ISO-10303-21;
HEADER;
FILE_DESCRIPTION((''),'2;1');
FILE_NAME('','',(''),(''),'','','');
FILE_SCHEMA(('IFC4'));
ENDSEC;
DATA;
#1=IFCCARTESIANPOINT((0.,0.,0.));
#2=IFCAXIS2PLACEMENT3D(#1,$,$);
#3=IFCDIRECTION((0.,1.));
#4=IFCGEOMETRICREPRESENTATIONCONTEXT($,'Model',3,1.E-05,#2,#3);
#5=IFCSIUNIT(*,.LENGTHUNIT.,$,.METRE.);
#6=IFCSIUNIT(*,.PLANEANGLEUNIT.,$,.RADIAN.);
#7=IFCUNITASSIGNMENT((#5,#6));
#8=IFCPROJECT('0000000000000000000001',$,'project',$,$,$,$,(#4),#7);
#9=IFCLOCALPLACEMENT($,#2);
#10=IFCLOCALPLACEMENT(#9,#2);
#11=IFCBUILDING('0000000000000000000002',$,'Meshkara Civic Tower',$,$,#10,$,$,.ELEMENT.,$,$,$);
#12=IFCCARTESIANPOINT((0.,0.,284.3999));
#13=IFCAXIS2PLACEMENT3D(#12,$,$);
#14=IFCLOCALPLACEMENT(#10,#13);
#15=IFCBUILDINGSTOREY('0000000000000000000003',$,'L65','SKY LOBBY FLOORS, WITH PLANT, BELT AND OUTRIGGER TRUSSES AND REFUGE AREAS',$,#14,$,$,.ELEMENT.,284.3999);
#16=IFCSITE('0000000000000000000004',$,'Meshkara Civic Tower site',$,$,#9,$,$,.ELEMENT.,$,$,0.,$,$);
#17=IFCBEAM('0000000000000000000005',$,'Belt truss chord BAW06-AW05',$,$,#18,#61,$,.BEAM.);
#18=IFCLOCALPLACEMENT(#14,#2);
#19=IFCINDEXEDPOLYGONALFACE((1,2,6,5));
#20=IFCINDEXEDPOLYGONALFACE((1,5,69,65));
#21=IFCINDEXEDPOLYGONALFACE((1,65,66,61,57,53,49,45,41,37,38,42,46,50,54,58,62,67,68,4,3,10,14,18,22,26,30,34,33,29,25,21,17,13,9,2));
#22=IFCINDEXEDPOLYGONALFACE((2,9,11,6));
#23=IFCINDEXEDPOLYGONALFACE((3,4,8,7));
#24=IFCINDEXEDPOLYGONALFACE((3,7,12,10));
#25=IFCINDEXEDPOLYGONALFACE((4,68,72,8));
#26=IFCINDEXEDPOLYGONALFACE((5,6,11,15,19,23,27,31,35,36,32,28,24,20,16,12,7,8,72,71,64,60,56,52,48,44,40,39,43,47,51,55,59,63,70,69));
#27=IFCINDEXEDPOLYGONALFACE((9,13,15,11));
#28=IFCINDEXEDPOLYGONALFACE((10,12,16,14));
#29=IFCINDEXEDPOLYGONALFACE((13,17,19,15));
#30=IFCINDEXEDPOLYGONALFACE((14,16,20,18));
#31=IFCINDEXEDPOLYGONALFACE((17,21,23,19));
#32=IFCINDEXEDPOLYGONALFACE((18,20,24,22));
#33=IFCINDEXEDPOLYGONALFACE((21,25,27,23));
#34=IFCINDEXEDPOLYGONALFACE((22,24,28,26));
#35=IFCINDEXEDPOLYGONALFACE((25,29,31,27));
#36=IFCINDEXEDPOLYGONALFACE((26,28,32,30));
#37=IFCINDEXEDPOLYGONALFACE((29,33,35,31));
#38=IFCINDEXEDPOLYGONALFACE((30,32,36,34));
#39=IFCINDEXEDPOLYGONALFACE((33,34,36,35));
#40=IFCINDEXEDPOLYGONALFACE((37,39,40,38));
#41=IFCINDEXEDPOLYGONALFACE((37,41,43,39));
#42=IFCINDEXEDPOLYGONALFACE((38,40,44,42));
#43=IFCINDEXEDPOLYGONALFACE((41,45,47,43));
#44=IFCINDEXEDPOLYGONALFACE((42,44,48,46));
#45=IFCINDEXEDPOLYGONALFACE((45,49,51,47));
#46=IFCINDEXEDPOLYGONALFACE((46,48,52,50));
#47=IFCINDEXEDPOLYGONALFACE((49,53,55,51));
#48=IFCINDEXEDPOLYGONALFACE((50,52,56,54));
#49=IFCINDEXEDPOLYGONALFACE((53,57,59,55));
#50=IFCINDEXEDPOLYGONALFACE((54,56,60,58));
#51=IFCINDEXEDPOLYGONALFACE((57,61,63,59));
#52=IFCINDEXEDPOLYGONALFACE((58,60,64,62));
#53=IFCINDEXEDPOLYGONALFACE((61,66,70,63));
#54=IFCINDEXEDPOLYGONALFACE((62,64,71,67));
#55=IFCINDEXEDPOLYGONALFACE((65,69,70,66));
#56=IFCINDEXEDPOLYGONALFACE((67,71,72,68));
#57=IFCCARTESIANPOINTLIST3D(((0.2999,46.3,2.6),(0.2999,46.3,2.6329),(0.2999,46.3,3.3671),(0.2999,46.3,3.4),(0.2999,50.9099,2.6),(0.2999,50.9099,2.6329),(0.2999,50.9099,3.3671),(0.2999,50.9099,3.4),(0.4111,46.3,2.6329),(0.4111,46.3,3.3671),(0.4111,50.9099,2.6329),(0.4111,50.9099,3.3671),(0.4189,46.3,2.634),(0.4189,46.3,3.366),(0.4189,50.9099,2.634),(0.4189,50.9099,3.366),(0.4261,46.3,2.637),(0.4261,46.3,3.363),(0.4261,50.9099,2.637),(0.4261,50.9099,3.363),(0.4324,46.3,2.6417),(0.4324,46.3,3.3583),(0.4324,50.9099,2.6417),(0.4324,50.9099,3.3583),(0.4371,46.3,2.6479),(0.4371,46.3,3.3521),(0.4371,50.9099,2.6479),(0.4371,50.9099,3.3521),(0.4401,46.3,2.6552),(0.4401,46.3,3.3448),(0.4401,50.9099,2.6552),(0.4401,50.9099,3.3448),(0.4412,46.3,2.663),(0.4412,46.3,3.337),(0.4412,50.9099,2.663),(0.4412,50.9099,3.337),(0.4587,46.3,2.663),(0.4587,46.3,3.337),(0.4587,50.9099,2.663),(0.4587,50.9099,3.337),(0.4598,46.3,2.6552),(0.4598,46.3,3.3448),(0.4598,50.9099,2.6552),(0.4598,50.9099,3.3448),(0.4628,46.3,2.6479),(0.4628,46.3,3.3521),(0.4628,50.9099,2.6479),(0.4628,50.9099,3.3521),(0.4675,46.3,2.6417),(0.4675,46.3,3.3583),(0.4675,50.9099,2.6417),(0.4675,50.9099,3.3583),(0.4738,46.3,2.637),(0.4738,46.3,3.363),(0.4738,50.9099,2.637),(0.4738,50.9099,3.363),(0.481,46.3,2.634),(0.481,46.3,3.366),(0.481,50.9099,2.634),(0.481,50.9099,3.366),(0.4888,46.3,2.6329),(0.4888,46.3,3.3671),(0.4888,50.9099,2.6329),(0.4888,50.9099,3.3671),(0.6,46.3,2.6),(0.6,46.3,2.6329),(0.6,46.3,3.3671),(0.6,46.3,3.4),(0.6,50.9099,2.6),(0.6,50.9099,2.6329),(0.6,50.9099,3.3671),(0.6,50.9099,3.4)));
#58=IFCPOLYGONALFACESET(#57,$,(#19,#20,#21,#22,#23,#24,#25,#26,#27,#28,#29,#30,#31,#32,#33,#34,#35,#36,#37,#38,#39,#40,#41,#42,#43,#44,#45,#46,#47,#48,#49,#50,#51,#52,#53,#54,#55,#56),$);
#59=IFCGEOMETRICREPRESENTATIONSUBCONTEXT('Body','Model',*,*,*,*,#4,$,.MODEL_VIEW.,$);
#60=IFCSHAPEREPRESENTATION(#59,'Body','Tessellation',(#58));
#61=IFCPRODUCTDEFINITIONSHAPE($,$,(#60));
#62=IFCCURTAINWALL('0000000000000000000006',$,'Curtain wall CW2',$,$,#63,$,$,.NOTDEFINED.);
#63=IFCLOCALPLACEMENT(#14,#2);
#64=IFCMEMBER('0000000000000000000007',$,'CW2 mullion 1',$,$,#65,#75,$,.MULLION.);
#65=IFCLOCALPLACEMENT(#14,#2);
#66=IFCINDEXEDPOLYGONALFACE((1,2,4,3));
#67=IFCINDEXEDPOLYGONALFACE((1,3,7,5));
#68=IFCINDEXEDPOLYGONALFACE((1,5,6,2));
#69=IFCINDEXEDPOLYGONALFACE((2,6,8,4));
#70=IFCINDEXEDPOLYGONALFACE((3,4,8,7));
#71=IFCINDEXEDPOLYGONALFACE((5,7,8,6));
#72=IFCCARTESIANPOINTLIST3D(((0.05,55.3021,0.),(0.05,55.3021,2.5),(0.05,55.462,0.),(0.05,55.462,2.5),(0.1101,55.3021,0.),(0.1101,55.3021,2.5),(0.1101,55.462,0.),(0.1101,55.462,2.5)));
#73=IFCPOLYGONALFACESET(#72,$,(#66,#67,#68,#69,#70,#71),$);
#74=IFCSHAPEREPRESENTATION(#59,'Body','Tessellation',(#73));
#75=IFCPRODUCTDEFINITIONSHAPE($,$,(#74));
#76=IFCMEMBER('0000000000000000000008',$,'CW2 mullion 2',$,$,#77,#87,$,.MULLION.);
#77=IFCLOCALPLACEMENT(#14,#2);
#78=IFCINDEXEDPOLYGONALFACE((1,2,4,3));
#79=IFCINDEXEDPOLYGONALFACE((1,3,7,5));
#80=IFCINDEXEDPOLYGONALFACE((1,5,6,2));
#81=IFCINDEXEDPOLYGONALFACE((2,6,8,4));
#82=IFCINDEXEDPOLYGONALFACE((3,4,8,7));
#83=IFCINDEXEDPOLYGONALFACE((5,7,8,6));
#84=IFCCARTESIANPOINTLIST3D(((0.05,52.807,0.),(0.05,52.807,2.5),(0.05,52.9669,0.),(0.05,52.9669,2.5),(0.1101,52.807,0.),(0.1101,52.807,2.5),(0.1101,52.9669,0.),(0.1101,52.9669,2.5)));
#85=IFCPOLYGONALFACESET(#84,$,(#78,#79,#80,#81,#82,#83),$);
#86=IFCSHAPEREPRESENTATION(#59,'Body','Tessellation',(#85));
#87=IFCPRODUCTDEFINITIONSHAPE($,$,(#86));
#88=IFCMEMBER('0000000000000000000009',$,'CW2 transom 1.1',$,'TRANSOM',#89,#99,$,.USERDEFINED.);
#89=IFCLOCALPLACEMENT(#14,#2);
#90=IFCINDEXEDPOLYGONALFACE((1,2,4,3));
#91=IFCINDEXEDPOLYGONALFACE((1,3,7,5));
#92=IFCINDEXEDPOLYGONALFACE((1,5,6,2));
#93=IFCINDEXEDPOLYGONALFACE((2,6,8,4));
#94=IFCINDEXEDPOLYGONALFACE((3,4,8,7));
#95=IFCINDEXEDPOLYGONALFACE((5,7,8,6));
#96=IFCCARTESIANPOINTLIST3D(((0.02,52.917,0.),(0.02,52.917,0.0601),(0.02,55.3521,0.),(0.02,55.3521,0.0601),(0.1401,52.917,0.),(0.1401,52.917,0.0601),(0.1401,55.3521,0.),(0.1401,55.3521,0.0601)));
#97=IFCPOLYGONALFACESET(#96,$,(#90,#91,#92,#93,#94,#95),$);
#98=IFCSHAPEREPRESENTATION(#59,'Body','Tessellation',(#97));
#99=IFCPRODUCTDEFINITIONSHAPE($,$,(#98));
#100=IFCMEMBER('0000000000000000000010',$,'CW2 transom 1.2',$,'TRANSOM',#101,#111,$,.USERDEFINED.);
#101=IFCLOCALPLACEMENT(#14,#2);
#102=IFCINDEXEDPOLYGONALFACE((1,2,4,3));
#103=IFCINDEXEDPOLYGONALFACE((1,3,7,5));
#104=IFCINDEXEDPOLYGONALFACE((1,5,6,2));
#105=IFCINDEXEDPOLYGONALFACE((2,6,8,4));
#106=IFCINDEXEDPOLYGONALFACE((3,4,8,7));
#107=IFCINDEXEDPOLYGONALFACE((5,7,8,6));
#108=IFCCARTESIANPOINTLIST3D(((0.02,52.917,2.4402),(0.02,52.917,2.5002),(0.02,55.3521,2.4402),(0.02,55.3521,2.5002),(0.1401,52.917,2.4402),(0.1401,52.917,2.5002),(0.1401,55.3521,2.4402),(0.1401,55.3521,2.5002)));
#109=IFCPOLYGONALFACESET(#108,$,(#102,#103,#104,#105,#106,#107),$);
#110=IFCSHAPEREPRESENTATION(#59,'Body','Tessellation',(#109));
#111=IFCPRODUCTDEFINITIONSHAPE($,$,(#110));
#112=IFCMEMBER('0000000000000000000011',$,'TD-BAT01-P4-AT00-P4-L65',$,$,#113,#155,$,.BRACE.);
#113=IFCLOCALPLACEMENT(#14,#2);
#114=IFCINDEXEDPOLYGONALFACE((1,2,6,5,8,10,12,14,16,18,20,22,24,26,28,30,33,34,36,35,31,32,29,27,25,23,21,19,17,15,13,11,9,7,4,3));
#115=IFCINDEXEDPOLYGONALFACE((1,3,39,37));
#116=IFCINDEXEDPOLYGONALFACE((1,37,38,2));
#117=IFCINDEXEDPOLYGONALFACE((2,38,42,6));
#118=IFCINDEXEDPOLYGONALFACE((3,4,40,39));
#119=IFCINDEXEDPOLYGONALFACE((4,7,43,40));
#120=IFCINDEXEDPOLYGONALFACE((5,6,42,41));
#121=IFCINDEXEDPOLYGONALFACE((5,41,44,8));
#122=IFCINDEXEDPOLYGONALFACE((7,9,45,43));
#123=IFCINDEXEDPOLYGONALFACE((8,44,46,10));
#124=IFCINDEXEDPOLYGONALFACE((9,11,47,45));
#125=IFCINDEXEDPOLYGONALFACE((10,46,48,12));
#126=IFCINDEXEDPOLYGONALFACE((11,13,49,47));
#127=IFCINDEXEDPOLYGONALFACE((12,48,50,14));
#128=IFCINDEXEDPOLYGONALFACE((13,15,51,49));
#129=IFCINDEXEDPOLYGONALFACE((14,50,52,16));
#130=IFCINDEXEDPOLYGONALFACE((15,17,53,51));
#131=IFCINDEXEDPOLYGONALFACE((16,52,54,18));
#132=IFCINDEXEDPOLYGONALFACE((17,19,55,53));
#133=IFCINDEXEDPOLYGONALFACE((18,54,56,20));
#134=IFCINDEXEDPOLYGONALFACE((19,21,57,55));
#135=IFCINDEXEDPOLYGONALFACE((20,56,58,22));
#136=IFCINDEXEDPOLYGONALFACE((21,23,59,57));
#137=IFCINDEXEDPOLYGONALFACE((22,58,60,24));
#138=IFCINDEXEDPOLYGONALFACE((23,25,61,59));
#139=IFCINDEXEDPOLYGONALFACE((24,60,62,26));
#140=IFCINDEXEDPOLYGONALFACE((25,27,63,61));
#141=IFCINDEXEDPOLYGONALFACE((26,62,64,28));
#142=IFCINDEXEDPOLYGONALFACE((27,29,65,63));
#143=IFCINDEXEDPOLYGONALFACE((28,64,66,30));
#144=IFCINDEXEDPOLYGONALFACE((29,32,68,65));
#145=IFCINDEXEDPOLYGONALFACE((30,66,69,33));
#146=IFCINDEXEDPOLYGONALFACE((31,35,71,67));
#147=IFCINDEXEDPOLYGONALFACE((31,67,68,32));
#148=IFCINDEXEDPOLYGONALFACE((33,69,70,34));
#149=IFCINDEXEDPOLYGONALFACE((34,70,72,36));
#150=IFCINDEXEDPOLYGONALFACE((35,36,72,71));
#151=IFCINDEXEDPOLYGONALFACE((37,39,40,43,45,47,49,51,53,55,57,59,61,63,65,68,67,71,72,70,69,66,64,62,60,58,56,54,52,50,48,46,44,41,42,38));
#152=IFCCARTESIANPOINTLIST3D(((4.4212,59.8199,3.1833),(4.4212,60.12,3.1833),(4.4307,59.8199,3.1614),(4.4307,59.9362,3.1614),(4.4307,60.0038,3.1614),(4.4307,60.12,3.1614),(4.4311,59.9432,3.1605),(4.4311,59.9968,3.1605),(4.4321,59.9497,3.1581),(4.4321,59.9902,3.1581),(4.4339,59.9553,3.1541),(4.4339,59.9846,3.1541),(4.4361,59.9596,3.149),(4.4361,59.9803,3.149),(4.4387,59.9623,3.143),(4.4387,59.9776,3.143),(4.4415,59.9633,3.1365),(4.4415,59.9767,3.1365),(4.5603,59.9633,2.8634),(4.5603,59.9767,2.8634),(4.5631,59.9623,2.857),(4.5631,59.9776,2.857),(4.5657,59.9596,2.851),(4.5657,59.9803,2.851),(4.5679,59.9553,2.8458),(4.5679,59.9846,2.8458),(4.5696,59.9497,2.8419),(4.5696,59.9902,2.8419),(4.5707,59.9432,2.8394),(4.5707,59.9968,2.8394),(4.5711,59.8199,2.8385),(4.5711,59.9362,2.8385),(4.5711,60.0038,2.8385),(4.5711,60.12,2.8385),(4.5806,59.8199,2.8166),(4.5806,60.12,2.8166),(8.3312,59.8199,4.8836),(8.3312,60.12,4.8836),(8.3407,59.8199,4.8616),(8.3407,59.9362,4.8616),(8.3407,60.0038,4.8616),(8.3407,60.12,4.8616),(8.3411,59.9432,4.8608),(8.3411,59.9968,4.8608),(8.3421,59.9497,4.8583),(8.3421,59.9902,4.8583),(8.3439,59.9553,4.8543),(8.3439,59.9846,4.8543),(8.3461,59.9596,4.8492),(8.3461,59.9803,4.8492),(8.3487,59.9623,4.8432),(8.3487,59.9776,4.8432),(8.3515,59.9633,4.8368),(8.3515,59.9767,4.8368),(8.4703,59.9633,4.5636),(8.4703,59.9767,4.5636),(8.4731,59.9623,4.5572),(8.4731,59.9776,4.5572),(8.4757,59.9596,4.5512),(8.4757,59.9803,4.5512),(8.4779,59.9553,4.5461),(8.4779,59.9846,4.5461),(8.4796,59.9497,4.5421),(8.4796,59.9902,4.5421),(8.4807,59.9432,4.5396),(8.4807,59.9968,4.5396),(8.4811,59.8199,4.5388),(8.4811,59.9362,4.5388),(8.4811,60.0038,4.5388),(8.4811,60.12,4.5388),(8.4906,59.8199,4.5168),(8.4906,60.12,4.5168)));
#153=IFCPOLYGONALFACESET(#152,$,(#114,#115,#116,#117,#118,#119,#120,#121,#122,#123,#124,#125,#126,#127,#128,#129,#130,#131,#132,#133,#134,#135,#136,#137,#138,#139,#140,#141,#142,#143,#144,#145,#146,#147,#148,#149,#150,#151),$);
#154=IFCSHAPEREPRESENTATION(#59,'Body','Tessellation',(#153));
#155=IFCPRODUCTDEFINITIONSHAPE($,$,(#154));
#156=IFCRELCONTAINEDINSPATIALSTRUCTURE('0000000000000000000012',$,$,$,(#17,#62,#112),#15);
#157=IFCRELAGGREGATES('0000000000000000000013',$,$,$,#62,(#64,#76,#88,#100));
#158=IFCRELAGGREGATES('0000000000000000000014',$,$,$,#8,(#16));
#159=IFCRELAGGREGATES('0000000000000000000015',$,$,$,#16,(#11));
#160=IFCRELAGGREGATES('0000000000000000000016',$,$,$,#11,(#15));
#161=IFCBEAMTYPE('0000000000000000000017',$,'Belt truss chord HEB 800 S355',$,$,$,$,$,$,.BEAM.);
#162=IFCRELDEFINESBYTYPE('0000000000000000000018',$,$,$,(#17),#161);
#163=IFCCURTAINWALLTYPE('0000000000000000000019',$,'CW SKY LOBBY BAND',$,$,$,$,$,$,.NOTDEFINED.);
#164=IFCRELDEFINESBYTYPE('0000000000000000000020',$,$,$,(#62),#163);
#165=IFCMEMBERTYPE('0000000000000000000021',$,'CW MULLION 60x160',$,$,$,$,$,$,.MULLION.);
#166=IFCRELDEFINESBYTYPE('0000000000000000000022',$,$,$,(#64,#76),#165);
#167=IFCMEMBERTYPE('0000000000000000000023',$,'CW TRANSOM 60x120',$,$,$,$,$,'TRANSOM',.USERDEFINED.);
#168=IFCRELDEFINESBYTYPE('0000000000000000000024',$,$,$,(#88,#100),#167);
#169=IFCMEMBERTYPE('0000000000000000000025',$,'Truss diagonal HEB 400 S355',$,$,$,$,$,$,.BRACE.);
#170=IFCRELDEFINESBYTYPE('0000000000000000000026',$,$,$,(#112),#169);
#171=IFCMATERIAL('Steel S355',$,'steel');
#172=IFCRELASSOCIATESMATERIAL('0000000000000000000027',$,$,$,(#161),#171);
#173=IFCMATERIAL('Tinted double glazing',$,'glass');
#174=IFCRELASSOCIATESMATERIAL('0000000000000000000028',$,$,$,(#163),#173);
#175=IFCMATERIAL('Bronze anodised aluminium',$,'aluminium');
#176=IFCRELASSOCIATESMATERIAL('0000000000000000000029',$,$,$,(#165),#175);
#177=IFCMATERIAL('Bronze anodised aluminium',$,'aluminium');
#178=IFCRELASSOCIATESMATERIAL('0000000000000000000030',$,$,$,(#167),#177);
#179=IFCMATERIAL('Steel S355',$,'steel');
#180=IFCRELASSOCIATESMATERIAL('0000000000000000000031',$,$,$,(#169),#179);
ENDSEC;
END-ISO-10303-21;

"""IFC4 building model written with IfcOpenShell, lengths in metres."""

from ifc_helpers import new_model, si_unit, direction, frame, origin, origin_2d, place, context, subcontext, project, spatial, rectangle, i_section, extrude, material, material_profile, profile_set, type_object, element, aggregate, save


model = new_model("IFC4")

# Units and contexts
model_context = context("Model", 3, precision=1e-05, world=origin(), true_north=direction((0.0, 1.0)))
body_context = subcontext(model_context, "Body", "Model", "MODEL_VIEW")
ifc_project = project(units=[si_unit("LENGTHUNIT", "METRE"), si_unit("PLANEANGLEUNIT", "RADIAN")], contexts=[model_context])

# Site, building, storey
site_placement = place(None, origin())
site = spatial("IfcSite", under=ifc_project, at=site_placement, Name="Meshkara Civic Tower site", CompositionType="ELEMENT", RefElevation=0.0)
building_placement = place(site_placement, origin())
building = spatial("IfcBuilding", under=site, at=building_placement, Name="Meshkara Civic Tower", CompositionType="ELEMENT")
storey_placement = place(building_placement, frame((0.0, 0.0, 284.3999)))
storey = spatial("IfcBuildingStorey", under=building, at=storey_placement, Name="L65", Description="SKY LOBBY FLOORS, WITH PLANT, BELT AND OUTRIGGER TRUSSES AND REFUGE AREAS", CompositionType="ELEMENT", Elevation=284.3999)

# Beam
ifc_material_1 = material(Name="Steel S355", Category="steel")
ifc_material_profile_1 = material_profile(ifc_material_1, i_section(OverallWidth=0.3, OverallDepth=0.8, WebThickness=0.0176, FlangeThickness=0.033, FilletRadius=0.03, at=origin_2d()))
ifc_profile_set_1 = profile_set([ifc_material_profile_1], Name="Steel S355")
beam_type = type_object("IfcBeamType", Name="Belt truss chord HEB 800 S355", PredefinedType="BEAM", material=ifc_profile_set_1)
for number, where, z_axis, x_axis, name in (
    (1, (0.45, 50.9099, 3.0), (0.0, -1.0, 0.0), (1.0, 0.0, 0.0), "Belt truss chord BAW06-AW05"),
):
    element("IfcBeam", number, at=place(storey_placement, frame(where, z_axis=z_axis, x_axis=x_axis)), inside=storey, type_object=beam_type, Name=name, PredefinedType="BEAM", context=body_context, shape_type="SweptSolid", body=[
        extrude(i_section(OverallWidth=0.3, OverallDepth=0.8, WebThickness=0.0176, FlangeThickness=0.033, FilletRadius=0.03, at=origin_2d()), origin(), (0.0, 0.0, 1.0), 4.6099),
    ])

# Curtain wall, members
ifc_material_2 = material(Name="Tinted double glazing", Category="glass")
curtain_wall_type = type_object("IfcCurtainWallType", Name="CW SKY LOBBY BAND", PredefinedType="NOTDEFINED", material=ifc_material_2)
curtain_wall_placement = place(storey_placement, origin())
curtain_wall = element("IfcCurtainWall", 2, at=curtain_wall_placement, inside=storey, type_object=curtain_wall_type, Name="Curtain wall CW2", PredefinedType="NOTDEFINED")
ifc_material_3 = material(Name="Bronze anodised aluminium", Category="aluminium")
ifc_material_profile_2 = material_profile(ifc_material_3, rectangle(XDim=0.0601, YDim=0.1599, at=origin_2d()))
ifc_profile_set_2 = profile_set([ifc_material_profile_2], Name="Bronze anodised aluminium")
member_type_1 = type_object("IfcMemberType", Name="CW MULLION 60x160", PredefinedType="MULLION", material=ifc_profile_set_2)
member_1_placement = place(storey_placement, frame((0.0801, 55.3821, 0.0), z_axis=(0.0, 0.0, 1.0), x_axis=(1.0, 0.0, 0.0)))
member_1 = element("IfcMember", 3, at=member_1_placement, type_object=member_type_1, Name="CW2 mullion 1", PredefinedType="MULLION", context=body_context, shape_type="SweptSolid", body=[
    extrude(rectangle(XDim=0.0601, YDim=0.1599, at=origin_2d()), origin(), (0.0, 0.0, 1.0), 2.5),
])
member_2_placement = place(storey_placement, frame((0.0801, 52.887, 0.0), z_axis=(0.0, 0.0, 1.0), x_axis=(1.0, 0.0, 0.0)))
member_2 = element("IfcMember", 4, at=member_2_placement, type_object=member_type_1, Name="CW2 mullion 2", PredefinedType="MULLION", context=body_context, shape_type="SweptSolid", body=[
    extrude(rectangle(XDim=0.0601, YDim=0.1599, at=origin_2d()), origin(), (0.0, 0.0, 1.0), 2.5),
])
ifc_material_4 = material(Name="Bronze anodised aluminium", Category="aluminium")
ifc_material_profile_3 = material_profile(ifc_material_4, rectangle(XDim=0.1201, YDim=0.0601, at=origin_2d()))
ifc_profile_set_3 = profile_set([ifc_material_profile_3], Name="Bronze anodised aluminium")
member_type_2 = type_object("IfcMemberType", Name="CW TRANSOM 60x120", ElementType="TRANSOM", PredefinedType="USERDEFINED", material=ifc_profile_set_3)
member_3_placement = place(storey_placement, frame((0.0801, 55.3521, 0.03), z_axis=(0.0, -1.0, 0.0), x_axis=(1.0, 0.0, 0.0)))
member_3 = element("IfcMember", 5, at=member_3_placement, type_object=member_type_2, Name="CW2 transom 1.1", ObjectType="TRANSOM", PredefinedType="USERDEFINED", context=body_context, shape_type="SweptSolid", body=[
    extrude(rectangle(XDim=0.1201, YDim=0.0601, at=origin_2d()), origin(), (0.0, 0.0, 1.0), 2.4351),
])
member_4_placement = place(storey_placement, frame((0.0801, 55.3521, 2.4702), z_axis=(0.0, -1.0, 0.0), x_axis=(1.0, 0.0, 0.0)))
member_4 = element("IfcMember", 6, at=member_4_placement, type_object=member_type_2, Name="CW2 transom 1.2", ObjectType="TRANSOM", PredefinedType="USERDEFINED", context=body_context, shape_type="SweptSolid", body=[
    extrude(rectangle(XDim=0.1201, YDim=0.0601, at=origin_2d()), origin(), (0.0, 0.0, 1.0), 2.4351),
])

# Member
ifc_material_5 = material(Name="Steel S355", Category="steel")
ifc_material_profile_4 = material_profile(ifc_material_5, i_section(OverallWidth=0.3, OverallDepth=0.3999, WebThickness=0.0134, FlangeThickness=0.0239, FilletRadius=0.0271, at=origin_2d()))
ifc_profile_set_4 = profile_set([ifc_material_profile_4], Name="Steel S355")
member_type_3 = type_object("IfcMemberType", Name="Truss diagonal HEB 400 S355", PredefinedType="BRACE", material=ifc_profile_set_4)
member_5_placement = place(storey_placement, frame((8.4109, 59.97, 4.7002), z_axis=(-0.91705, 0.0, -0.398772), x_axis=(0.0, -1.0, 0.0)))
element("IfcMember", 7, at=member_5_placement, inside=storey, type_object=member_type_3, Name="TD-BAT01-P4-AT00-P4-L65", PredefinedType="BRACE", context=body_context, shape_type="SweptSolid", body=[
    extrude(i_section(OverallWidth=0.3, OverallDepth=0.3999, WebThickness=0.0134, FlangeThickness=0.0239, FilletRadius=0.0271, at=origin_2d()), origin(), (0.0, 0.0, 1.0), 4.2637),
])

aggregate(curtain_wall, [member_1, member_2, member_3, member_4])

save(model, "model.ifc")
